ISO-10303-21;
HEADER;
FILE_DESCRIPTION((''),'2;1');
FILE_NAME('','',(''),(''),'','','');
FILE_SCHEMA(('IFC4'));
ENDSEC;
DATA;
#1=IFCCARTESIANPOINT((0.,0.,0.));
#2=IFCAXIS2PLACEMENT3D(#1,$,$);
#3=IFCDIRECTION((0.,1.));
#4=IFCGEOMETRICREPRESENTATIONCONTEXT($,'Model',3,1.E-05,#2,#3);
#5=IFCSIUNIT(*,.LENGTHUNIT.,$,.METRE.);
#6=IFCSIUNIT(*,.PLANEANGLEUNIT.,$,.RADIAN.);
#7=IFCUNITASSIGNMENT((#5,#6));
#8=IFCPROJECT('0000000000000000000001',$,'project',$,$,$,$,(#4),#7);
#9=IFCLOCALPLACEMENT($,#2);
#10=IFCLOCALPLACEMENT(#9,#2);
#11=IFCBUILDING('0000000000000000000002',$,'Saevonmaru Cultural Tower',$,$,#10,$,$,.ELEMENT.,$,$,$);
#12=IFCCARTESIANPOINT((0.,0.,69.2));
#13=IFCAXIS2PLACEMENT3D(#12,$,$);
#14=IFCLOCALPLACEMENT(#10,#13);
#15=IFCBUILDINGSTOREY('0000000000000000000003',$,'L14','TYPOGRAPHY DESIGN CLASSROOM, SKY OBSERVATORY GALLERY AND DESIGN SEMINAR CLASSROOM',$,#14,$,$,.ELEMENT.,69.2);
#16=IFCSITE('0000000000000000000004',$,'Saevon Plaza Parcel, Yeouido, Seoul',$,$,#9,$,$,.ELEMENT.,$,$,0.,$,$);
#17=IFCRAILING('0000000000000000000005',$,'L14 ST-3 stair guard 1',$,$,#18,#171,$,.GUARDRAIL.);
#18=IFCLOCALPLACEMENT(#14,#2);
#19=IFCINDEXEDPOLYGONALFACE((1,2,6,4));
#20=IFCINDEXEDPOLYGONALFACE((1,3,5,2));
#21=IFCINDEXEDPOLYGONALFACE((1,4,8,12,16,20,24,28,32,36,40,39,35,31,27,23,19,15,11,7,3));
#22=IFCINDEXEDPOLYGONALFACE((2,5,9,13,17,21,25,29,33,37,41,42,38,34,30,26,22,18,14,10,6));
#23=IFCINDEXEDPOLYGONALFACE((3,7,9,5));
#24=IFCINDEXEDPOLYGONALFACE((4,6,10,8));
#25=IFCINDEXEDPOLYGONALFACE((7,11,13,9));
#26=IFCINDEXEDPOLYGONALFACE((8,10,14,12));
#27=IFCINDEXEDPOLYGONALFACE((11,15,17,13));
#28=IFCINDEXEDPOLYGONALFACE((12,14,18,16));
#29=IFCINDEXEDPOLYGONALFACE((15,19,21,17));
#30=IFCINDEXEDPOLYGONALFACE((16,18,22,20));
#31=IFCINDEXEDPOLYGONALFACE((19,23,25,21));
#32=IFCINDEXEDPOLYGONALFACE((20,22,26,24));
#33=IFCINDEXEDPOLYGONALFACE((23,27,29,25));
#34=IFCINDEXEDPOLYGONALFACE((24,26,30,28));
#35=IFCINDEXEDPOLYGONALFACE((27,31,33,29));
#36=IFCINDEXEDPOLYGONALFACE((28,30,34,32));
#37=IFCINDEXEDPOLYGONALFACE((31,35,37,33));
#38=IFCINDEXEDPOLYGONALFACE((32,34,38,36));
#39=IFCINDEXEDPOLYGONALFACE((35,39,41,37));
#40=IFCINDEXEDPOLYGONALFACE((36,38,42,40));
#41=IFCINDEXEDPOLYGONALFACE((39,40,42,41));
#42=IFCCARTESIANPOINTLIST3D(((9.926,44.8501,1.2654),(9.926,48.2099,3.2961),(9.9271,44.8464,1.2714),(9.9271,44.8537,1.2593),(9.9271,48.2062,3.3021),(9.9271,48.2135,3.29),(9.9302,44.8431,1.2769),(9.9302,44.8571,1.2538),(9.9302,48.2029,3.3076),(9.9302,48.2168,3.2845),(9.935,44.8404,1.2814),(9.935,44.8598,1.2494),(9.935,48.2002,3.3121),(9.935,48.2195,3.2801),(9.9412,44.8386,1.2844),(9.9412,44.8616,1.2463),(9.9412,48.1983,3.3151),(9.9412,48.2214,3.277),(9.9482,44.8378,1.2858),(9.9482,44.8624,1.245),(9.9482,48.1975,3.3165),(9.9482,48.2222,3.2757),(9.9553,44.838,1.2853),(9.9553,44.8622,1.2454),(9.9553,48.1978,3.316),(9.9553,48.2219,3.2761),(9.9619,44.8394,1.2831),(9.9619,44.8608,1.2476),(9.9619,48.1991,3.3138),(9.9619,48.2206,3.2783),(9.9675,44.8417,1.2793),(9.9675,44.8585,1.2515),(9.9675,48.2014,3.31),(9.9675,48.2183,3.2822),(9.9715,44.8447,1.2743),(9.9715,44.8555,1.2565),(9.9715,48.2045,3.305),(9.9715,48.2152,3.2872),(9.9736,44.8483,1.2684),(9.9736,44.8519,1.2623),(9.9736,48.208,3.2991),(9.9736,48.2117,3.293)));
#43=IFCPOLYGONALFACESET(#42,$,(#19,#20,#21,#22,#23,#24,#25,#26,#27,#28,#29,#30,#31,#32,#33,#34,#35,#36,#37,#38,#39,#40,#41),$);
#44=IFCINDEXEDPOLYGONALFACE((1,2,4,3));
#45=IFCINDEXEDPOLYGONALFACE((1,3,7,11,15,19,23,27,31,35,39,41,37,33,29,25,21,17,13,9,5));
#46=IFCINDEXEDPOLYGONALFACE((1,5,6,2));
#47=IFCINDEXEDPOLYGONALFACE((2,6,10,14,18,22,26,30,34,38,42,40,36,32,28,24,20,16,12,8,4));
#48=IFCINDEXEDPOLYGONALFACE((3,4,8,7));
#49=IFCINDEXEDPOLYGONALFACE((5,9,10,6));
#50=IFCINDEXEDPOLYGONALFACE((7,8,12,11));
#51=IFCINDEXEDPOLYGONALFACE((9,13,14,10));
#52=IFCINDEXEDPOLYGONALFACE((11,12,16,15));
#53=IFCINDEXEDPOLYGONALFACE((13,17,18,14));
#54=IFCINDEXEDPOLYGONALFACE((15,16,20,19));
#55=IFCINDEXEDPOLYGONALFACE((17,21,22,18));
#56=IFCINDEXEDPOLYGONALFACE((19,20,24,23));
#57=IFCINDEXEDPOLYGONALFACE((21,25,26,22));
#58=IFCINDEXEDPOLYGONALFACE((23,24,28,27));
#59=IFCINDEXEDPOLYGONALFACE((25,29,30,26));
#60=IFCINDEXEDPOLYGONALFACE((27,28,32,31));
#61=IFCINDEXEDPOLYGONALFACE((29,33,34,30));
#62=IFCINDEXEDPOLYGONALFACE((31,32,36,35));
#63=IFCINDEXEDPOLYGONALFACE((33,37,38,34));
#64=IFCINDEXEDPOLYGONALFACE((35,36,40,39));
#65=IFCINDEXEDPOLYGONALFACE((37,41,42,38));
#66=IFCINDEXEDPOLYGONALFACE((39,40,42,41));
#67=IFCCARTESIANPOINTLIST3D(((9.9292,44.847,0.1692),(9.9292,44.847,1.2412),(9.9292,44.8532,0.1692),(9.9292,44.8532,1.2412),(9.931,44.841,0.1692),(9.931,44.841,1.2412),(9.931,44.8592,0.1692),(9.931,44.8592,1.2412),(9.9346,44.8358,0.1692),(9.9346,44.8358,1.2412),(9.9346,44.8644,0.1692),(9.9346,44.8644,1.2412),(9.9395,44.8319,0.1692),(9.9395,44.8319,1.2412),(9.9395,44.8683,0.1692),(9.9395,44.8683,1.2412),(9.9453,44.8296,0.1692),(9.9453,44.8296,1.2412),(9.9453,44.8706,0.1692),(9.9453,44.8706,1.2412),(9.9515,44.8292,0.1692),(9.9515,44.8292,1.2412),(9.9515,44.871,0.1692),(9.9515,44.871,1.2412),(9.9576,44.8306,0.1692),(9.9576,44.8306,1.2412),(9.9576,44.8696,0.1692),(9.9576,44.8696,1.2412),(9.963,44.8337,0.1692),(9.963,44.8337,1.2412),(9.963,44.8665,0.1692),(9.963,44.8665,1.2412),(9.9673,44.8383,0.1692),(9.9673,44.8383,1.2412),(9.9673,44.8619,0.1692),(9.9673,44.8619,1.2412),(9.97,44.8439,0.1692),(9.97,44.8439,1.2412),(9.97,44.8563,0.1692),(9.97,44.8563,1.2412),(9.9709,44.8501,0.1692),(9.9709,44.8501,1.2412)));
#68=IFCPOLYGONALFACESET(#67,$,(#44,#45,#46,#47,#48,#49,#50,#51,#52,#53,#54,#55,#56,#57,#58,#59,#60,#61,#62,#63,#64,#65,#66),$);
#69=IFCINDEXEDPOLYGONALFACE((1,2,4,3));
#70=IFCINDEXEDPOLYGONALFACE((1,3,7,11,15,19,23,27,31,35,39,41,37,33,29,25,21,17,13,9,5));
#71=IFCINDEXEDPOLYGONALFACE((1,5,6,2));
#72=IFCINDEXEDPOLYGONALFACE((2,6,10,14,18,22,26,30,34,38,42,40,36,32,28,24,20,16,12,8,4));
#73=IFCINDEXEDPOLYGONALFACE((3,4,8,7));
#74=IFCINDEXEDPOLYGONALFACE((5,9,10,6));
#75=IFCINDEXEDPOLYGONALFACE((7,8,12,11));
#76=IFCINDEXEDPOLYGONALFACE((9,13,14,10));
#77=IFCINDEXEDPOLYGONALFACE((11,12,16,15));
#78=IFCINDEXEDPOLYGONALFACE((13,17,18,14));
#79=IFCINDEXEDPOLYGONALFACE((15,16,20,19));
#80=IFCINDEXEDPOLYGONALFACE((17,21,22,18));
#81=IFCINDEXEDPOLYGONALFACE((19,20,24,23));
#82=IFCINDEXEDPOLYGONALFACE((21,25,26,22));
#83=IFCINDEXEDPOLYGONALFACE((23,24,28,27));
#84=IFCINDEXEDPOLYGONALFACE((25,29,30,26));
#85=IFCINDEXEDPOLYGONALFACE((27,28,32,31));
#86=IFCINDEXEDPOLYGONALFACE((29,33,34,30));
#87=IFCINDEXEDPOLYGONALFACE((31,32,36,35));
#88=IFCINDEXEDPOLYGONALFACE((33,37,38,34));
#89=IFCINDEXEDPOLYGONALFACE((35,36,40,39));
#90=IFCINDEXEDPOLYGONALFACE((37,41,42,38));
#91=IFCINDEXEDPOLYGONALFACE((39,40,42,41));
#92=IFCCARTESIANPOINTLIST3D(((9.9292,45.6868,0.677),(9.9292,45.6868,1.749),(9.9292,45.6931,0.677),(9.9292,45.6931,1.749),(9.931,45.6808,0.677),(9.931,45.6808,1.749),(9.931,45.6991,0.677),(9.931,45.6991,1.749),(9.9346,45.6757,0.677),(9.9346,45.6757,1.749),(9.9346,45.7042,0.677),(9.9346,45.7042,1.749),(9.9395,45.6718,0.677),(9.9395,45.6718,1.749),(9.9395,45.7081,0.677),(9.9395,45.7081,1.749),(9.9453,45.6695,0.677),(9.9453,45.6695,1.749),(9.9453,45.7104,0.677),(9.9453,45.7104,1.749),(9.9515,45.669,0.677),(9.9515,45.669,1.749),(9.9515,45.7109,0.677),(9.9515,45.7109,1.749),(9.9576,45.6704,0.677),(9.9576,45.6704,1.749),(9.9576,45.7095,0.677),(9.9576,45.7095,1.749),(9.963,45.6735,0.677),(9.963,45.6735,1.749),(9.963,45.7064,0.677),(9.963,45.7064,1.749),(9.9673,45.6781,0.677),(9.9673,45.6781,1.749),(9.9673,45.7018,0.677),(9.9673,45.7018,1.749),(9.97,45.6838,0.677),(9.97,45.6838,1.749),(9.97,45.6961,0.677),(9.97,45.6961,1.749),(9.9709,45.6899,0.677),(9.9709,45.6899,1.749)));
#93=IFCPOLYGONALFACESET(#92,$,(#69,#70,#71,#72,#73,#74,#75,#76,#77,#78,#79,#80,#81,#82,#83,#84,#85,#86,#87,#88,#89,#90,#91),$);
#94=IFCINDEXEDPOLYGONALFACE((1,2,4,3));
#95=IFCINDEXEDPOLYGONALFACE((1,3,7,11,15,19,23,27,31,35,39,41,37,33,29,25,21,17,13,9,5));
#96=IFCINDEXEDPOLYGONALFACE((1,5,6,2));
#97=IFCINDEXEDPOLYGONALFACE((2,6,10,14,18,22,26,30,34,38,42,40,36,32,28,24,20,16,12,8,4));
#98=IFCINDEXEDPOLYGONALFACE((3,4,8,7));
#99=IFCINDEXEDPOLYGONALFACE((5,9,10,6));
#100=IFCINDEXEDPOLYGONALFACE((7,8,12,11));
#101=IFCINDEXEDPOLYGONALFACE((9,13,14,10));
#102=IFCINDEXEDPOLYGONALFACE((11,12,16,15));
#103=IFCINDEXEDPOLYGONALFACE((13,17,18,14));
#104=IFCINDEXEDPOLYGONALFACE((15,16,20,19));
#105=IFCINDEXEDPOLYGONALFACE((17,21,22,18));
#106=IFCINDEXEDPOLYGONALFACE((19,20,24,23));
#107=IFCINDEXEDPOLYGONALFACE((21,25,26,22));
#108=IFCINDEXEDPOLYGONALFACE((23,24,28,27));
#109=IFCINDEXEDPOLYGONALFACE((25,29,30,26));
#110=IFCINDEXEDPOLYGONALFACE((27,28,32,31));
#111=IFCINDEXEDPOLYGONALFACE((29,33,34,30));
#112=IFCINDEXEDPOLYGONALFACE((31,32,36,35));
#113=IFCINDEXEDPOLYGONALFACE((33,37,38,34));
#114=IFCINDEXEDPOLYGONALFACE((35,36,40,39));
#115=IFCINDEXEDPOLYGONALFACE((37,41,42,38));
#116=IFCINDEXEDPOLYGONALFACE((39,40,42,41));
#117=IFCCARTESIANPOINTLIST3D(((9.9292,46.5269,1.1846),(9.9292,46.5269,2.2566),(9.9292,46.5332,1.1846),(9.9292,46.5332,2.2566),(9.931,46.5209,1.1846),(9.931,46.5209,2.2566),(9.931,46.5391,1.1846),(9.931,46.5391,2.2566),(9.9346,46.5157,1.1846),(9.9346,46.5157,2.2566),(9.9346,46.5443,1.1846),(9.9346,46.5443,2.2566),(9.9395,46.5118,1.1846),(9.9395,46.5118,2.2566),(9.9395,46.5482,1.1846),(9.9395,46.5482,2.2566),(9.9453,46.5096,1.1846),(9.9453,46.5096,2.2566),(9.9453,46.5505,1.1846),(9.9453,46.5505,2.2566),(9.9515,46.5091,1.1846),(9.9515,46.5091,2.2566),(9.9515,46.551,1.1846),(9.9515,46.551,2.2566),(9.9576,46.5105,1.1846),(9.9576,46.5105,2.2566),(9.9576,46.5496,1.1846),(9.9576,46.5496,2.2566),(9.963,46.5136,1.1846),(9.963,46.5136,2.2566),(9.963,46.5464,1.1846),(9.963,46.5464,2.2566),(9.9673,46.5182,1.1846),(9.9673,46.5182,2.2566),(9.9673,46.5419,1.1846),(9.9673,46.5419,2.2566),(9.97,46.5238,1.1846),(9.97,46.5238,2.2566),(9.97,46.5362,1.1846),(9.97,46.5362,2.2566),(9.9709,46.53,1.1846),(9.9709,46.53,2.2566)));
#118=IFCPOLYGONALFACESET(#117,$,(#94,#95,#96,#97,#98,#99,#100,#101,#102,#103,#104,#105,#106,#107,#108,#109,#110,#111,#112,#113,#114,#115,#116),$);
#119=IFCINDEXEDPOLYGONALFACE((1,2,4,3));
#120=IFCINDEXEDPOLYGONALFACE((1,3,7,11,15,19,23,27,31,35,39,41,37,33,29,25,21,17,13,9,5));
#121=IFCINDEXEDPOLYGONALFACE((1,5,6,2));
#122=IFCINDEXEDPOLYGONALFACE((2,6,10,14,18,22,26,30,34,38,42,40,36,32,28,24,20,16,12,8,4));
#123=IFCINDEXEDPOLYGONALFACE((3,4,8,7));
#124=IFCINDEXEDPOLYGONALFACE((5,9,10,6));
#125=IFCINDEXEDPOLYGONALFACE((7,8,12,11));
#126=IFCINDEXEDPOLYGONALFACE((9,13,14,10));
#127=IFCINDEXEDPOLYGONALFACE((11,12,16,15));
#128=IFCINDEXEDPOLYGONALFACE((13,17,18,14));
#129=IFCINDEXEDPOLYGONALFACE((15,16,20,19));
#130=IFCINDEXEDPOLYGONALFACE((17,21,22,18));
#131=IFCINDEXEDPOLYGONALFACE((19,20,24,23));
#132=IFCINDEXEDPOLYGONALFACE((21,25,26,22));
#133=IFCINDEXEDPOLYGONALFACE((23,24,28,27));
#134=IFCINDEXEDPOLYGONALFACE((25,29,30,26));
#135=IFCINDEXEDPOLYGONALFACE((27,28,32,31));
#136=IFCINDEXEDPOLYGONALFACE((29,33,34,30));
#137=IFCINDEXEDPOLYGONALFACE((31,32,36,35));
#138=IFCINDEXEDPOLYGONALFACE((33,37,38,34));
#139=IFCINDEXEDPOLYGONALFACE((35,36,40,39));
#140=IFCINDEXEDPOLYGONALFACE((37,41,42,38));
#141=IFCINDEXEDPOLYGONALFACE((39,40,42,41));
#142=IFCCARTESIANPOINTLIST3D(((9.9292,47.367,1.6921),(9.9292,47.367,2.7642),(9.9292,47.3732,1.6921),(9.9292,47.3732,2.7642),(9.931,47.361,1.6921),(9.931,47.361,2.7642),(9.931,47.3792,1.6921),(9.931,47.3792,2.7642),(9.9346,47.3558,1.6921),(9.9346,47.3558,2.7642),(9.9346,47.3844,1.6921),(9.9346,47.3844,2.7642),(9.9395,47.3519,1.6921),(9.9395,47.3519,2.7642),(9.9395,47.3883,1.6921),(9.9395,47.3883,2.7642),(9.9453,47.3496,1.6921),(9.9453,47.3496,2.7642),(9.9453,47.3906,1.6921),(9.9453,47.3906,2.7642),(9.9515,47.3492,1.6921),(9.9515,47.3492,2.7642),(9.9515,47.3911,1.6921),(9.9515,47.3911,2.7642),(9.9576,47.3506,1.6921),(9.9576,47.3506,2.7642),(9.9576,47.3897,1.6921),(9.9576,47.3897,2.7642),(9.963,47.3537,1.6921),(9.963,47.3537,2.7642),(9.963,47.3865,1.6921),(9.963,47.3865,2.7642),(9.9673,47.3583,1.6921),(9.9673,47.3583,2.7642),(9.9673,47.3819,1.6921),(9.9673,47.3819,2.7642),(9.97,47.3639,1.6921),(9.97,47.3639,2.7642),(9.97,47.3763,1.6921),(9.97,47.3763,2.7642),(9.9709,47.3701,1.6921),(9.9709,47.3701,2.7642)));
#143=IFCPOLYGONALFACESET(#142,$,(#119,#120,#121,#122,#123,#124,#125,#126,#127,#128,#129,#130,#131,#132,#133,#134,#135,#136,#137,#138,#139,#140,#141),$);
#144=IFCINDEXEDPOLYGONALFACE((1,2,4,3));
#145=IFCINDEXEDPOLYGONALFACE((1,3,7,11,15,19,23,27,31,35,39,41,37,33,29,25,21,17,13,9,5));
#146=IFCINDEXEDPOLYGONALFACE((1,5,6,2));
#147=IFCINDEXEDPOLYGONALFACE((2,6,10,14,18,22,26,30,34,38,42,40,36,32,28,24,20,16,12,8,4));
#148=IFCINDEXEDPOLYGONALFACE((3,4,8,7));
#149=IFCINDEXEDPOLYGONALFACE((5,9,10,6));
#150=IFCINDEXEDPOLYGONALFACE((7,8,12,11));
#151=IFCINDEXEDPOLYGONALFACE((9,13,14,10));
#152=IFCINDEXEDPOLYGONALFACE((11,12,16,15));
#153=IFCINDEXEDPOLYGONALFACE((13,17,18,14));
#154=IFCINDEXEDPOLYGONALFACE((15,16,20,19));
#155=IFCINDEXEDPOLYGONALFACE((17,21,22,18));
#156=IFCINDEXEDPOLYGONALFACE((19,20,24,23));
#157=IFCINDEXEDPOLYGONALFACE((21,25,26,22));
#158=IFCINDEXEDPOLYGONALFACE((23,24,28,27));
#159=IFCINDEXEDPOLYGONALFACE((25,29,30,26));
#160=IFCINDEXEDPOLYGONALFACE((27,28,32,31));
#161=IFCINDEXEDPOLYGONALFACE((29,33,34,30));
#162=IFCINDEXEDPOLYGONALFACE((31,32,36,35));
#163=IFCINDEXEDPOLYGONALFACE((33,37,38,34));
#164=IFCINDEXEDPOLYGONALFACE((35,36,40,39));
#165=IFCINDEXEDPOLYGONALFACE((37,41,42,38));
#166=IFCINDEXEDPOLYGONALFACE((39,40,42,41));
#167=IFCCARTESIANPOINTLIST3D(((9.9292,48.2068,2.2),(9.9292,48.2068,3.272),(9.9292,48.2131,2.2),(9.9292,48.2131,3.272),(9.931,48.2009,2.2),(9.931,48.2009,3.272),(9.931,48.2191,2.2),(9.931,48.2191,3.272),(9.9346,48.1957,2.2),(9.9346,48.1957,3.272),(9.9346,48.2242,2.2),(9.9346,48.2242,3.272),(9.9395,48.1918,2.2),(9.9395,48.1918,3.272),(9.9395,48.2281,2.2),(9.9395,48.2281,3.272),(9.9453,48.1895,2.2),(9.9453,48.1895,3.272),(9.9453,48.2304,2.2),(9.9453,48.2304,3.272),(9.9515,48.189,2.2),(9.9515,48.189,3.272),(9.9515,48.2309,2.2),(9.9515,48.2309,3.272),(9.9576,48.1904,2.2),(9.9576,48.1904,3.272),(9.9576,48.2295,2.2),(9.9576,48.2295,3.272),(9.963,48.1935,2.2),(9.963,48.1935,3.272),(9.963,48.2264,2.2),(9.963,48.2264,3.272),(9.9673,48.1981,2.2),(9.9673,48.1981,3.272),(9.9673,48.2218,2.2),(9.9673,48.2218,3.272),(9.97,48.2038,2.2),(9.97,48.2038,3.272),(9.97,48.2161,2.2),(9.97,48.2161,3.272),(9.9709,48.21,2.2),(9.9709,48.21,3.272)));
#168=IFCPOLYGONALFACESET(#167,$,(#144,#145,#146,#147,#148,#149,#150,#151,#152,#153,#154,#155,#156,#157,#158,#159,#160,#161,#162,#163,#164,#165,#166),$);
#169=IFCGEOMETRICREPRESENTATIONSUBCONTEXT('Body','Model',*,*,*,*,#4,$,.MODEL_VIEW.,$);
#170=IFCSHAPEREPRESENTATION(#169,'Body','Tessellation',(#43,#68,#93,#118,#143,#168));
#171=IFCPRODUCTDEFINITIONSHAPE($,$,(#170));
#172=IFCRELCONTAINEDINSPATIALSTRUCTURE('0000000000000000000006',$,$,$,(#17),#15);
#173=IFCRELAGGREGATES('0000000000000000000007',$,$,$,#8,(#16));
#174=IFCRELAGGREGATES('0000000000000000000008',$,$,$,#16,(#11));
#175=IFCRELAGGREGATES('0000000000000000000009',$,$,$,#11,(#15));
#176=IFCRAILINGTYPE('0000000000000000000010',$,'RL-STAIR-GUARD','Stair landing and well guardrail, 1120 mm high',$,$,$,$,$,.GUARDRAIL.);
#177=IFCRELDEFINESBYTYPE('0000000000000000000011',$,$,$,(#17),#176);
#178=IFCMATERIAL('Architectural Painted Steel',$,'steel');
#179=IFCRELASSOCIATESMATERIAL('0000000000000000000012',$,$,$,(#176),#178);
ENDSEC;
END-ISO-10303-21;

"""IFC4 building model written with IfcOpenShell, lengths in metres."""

from ifc_helpers import new_model, si_unit, direction, frame, origin, origin_2d, place, context, subcontext, project, spatial, circle, extrude, material, type_object, element, save


model = new_model("IFC4")

# Units and contexts
model_context = context("Model", 3, precision=1e-05, world=origin(), true_north=direction((0.0, 1.0)))
body_context = subcontext(model_context, "Body", "Model", "MODEL_VIEW")
ifc_project = project(units=[si_unit("LENGTHUNIT", "METRE"), si_unit("PLANEANGLEUNIT", "RADIAN")], contexts=[model_context])

# Site, building, storey
site_placement = place(None, origin())
site = spatial("IfcSite", under=ifc_project, at=site_placement, Name="Saevon Plaza Parcel, Yeouido, Seoul", CompositionType="ELEMENT", RefElevation=0.0)
building_placement = place(site_placement, origin())
building = spatial("IfcBuilding", under=site, at=building_placement, Name="Saevonmaru Cultural Tower", CompositionType="ELEMENT")
storey_placement = place(building_placement, frame((0.0, 0.0, 69.2)))
storey = spatial("IfcBuildingStorey", under=building, at=storey_placement, Name="L14", Description="TYPOGRAPHY DESIGN CLASSROOM, SKY OBSERVATORY GALLERY AND DESIGN SEMINAR CLASSROOM", CompositionType="ELEMENT", Elevation=69.2)

# Railing
ifc_material_1 = material(Name="Architectural Painted Steel", Category="steel")
railing_type = type_object("IfcRailingType", Name="RL-STAIR-GUARD", Description="Stair landing and well guardrail, 1120 mm high", PredefinedType="GUARDRAIL", material=ifc_material_1)
railing_1_placement = place(storey_placement, frame((9.95, 44.8501, 0.1692)))
element("IfcRailing", 1, at=railing_1_placement, inside=storey, type_object=railing_type, Name="L14 ST-3 stair guard 1", PredefinedType="GUARDRAIL", context=body_context, shape_type="SweptSolid", body=[
    extrude(circle(Radius=0.0239, at=origin_2d()), frame((0.0, 0.0, 1.0962), z_axis=(0.0, 0.85582, 0.517273), x_axis=(-1.0, 0.0, 0.0)), (0.0, 0.0, 1.0), 3.9258),
    extrude(circle(Radius=0.021, at=origin_2d()), origin(), (0.0, 0.0, 1.0), 1.072),
    extrude(circle(Radius=0.021, at=origin_2d()), frame((0.0, 0.8398, 0.5078)), (0.0, 0.0, 1.0), 1.072),
    extrude(circle(Radius=0.021, at=origin_2d()), frame((0.0, 1.6799, 1.0154)), (0.0, 0.0, 1.0), 1.072),
    extrude(circle(Radius=0.021, at=origin_2d()), frame((0.0, 2.52, 1.5229)), (0.0, 0.0, 1.0), 1.072),
    extrude(circle(Radius=0.021, at=origin_2d()), frame((0.0, 3.3599, 2.0308)), (0.0, 0.0, 1.0), 1.072),
])

save(model, "model.ifc")
